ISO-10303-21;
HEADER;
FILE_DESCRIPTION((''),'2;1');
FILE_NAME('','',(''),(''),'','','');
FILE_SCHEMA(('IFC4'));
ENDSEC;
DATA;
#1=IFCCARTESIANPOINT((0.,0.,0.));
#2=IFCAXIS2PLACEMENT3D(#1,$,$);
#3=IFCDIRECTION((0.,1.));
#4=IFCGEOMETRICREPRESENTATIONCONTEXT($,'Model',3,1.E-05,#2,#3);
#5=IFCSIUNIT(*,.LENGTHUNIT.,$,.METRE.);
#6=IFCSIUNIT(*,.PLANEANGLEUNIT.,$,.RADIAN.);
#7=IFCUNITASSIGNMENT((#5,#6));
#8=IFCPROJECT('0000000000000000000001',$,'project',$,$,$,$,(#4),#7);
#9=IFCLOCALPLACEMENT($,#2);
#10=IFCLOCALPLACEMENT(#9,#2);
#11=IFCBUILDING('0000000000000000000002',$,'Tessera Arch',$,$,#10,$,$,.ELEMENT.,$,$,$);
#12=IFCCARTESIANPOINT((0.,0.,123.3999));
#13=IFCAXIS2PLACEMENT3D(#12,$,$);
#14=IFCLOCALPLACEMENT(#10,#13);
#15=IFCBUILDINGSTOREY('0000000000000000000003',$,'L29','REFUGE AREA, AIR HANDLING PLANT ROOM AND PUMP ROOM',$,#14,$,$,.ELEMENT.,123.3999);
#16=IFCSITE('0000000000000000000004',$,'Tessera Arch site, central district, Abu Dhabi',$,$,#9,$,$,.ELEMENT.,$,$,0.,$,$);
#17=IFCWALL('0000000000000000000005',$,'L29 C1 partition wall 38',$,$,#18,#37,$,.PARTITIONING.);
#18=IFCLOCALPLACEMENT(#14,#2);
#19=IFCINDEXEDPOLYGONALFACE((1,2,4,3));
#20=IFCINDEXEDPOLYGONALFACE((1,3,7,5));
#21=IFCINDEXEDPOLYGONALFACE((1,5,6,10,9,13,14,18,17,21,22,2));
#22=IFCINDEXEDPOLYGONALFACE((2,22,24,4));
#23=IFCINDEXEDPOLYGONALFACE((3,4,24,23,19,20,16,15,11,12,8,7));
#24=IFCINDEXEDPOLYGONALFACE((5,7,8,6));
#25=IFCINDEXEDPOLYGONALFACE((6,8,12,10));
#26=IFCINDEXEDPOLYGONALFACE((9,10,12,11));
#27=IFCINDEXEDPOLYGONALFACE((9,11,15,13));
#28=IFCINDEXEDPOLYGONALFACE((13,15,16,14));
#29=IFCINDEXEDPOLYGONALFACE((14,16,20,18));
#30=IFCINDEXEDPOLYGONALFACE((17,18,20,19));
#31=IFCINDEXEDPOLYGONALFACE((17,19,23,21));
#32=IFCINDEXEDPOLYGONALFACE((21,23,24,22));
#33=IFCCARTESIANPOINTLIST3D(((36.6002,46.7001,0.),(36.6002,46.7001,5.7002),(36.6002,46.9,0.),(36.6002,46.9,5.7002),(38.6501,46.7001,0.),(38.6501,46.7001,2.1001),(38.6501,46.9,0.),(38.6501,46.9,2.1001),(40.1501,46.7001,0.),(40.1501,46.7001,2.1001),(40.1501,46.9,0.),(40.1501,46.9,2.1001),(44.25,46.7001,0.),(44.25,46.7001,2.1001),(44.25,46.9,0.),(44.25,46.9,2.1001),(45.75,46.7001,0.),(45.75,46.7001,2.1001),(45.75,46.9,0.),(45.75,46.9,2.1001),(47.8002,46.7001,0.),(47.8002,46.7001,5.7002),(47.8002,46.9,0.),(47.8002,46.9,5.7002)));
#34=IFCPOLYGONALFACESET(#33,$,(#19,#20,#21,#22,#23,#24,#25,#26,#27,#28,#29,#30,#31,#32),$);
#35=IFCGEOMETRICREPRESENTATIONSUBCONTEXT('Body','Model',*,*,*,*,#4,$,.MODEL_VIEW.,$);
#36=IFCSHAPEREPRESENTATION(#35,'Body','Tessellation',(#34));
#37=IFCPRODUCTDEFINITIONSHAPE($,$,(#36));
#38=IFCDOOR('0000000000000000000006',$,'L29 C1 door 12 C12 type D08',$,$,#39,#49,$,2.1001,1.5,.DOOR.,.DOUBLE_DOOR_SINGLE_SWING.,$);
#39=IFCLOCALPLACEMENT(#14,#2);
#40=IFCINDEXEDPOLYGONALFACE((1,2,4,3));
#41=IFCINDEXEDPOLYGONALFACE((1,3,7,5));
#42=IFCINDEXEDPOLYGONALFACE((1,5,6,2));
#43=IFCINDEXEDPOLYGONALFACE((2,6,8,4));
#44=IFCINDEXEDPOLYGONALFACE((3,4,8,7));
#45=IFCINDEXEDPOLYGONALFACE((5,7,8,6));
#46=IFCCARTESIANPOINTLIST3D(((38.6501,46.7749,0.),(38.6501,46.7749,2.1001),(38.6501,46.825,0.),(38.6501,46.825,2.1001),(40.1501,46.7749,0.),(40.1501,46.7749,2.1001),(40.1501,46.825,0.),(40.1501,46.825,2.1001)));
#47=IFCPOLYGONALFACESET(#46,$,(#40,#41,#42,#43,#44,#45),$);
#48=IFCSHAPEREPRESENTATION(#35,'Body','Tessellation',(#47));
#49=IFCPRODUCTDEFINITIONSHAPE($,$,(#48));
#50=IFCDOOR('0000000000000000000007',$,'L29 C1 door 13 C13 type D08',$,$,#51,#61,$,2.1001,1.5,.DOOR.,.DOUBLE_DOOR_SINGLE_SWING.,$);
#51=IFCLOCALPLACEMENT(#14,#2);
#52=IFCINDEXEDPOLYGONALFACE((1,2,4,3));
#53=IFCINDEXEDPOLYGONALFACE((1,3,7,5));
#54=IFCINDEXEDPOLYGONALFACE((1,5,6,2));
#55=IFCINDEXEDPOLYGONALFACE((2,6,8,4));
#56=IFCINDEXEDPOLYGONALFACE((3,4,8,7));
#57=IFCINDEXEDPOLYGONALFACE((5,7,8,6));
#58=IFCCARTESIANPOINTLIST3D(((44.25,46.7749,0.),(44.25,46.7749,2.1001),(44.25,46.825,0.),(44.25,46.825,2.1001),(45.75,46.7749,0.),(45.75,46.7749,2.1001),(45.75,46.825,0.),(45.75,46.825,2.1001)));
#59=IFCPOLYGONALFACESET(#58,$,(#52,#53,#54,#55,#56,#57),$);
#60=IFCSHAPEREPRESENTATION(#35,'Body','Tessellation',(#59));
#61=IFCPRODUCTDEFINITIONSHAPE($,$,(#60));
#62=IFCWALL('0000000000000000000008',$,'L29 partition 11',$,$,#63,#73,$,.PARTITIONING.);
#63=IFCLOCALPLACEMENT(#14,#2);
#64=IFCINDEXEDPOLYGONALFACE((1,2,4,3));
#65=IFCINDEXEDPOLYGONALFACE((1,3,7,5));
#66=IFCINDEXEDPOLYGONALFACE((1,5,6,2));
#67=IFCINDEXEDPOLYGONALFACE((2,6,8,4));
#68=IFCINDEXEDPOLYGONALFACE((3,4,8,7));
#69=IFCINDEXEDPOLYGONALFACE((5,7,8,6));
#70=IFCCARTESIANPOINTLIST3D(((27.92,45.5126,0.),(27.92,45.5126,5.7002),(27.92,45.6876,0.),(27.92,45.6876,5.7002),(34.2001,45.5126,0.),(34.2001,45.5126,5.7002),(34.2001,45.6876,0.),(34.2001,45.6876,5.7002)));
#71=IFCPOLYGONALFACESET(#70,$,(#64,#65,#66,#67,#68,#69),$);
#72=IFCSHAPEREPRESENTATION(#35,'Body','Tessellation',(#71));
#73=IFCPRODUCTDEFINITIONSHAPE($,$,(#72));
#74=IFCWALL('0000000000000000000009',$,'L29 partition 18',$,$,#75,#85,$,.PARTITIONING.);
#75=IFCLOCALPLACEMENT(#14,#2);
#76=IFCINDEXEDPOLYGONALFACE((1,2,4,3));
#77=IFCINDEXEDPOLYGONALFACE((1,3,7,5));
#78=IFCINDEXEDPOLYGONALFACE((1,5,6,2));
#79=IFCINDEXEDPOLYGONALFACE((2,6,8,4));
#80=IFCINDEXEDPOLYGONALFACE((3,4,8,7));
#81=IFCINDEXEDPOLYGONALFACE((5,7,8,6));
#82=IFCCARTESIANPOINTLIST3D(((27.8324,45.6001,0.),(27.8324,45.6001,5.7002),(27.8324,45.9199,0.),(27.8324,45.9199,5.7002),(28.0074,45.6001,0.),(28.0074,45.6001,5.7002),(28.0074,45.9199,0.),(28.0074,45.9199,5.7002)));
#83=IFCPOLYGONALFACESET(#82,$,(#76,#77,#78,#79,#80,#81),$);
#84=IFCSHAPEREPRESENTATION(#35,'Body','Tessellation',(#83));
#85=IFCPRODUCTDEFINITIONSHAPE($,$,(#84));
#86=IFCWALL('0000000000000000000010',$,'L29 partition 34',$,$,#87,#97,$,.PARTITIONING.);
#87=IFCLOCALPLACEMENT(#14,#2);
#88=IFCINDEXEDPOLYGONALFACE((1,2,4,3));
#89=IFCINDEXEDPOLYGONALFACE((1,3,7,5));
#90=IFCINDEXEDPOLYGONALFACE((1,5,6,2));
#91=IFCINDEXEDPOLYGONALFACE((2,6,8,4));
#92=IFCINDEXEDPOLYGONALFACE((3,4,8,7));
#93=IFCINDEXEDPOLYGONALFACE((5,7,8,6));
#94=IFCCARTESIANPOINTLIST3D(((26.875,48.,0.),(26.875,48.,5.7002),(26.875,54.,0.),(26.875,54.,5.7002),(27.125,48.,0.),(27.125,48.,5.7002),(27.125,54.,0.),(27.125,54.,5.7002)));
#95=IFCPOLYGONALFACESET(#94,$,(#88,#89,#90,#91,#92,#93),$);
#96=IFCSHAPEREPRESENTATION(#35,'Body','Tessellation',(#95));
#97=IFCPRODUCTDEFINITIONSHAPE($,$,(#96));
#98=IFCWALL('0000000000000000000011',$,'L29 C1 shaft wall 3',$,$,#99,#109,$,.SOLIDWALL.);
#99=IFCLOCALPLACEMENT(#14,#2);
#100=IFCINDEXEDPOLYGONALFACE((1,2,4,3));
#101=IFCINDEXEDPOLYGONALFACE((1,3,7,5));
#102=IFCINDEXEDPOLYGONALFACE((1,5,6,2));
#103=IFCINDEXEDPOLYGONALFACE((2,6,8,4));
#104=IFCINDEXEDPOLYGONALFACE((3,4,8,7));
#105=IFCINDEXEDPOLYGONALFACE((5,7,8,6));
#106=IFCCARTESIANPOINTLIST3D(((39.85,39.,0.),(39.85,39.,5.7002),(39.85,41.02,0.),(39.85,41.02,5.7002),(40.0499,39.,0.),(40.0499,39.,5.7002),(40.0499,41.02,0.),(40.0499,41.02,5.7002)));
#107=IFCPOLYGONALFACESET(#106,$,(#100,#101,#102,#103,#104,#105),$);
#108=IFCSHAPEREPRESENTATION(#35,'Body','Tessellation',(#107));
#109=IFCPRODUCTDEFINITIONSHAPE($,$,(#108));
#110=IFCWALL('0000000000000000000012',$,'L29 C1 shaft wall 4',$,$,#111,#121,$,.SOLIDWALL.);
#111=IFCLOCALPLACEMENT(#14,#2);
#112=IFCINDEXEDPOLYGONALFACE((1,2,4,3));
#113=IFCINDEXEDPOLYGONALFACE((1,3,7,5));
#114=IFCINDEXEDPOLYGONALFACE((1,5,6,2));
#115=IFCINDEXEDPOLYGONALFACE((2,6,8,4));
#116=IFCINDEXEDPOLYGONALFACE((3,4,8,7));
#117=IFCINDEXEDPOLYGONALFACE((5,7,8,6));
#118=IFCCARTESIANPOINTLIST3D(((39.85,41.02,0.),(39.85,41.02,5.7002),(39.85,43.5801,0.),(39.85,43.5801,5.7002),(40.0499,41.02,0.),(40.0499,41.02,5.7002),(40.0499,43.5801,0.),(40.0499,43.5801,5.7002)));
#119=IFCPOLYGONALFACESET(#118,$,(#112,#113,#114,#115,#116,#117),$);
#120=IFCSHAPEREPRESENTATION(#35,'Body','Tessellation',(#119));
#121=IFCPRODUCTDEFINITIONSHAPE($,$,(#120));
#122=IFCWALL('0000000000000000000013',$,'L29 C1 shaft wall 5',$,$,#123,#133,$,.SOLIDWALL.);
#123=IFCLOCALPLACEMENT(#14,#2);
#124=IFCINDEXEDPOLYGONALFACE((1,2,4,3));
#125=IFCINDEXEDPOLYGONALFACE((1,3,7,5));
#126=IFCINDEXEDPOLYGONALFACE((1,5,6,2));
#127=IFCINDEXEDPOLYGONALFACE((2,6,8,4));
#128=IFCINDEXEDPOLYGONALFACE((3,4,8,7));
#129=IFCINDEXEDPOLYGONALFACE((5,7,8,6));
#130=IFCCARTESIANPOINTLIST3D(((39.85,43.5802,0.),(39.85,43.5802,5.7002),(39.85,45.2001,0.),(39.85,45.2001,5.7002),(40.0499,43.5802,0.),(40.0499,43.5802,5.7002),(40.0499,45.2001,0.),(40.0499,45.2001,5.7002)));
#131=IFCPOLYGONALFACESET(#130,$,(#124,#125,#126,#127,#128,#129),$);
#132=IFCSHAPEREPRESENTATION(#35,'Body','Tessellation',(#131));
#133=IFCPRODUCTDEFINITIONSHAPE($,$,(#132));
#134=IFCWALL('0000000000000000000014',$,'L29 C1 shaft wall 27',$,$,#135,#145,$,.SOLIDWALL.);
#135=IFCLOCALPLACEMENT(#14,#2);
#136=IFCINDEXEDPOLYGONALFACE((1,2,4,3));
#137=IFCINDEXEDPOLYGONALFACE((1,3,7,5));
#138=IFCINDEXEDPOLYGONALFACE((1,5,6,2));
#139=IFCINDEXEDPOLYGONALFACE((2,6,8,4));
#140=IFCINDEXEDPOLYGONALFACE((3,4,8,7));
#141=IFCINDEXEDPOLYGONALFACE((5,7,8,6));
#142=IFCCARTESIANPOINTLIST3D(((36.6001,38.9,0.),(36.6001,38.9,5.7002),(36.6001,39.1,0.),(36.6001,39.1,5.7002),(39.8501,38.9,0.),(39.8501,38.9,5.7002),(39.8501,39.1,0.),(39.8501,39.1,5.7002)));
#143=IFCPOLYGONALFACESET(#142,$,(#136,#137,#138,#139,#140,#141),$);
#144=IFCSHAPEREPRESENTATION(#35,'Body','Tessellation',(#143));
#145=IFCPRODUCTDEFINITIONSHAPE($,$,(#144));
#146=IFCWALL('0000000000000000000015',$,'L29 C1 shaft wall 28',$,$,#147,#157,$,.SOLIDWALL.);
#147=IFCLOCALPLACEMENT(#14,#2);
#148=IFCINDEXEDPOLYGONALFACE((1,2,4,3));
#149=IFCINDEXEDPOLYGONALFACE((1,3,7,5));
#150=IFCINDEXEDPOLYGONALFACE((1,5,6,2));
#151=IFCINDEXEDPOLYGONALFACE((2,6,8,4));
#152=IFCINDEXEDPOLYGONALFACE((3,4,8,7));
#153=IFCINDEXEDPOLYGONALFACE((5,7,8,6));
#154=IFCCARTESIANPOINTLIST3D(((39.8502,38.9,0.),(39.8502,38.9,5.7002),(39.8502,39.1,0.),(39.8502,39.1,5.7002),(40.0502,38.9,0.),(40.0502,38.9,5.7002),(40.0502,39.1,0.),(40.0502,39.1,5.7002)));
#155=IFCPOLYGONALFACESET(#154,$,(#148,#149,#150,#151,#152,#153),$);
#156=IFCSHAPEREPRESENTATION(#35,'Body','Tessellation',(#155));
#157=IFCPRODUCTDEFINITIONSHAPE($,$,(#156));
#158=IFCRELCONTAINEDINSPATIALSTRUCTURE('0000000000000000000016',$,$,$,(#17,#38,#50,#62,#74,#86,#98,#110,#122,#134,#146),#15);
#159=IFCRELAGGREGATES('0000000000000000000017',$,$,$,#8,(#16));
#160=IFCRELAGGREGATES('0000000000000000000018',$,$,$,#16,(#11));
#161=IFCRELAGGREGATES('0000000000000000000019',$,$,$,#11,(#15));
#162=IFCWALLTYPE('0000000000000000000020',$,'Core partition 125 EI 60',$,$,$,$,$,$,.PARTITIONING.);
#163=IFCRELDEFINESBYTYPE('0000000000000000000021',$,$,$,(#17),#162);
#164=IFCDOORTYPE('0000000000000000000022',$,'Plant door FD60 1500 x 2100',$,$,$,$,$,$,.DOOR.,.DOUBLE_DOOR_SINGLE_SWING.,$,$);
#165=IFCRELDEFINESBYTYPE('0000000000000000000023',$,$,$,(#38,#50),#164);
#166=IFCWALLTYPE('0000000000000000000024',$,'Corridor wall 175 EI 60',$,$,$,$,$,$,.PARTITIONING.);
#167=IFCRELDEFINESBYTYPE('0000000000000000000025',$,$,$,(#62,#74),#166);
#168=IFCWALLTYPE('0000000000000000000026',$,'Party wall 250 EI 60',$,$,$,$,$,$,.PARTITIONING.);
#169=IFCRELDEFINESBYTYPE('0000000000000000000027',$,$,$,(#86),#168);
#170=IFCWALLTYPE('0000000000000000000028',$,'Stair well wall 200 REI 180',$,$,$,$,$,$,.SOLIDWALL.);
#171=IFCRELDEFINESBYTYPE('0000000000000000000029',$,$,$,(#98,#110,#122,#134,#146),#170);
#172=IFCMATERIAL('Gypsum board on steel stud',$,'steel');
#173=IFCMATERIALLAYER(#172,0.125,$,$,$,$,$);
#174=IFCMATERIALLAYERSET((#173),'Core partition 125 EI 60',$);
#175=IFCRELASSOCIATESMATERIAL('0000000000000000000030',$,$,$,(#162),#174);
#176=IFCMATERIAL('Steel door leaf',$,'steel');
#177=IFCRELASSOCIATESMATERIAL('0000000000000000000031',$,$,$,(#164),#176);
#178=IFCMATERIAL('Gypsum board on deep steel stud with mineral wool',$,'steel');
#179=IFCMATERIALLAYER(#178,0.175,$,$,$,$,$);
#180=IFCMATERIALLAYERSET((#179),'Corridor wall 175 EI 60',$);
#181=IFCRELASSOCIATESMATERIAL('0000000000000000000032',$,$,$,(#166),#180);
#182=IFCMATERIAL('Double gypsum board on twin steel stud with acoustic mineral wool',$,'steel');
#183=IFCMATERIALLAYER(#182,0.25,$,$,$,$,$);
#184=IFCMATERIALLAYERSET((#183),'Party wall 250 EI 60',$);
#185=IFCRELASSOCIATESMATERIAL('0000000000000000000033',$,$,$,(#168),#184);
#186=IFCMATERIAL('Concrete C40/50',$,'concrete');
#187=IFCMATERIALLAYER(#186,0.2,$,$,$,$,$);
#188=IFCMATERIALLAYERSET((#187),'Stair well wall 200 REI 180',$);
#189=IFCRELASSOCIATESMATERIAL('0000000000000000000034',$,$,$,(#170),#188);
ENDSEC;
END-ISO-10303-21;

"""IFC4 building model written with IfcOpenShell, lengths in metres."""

from ifc_helpers import new_model, si_unit, direction, frame, frame_2d, origin, place, context, subcontext, project, spatial, rectangle, extrude, material, layer, layer_set, type_object, element, fill, save


model = new_model("IFC4")

# Units and contexts
model_context = context("Model", 3, precision=1e-05, world=origin(), true_north=direction((0.0, 1.0)))
body_context = subcontext(model_context, "Body", "Model", "MODEL_VIEW")
ifc_project = project(units=[si_unit("LENGTHUNIT", "METRE"), si_unit("PLANEANGLEUNIT", "RADIAN")], contexts=[model_context])

# Site, building, storey
site_placement = place(None, origin())
site = spatial("IfcSite", under=ifc_project, at=site_placement, Name="Tessera Arch site, central district, Abu Dhabi", CompositionType="ELEMENT", RefElevation=0.0)
building_placement = place(site_placement, origin())
building = spatial("IfcBuilding", under=site, at=building_placement, Name="Tessera Arch", CompositionType="ELEMENT")
storey_placement = place(building_placement, frame((0.0, 0.0, 123.3999)))
storey = spatial("IfcBuildingStorey", under=building, at=storey_placement, Name="L29", Description="REFUGE AREA, AIR HANDLING PLANT ROOM AND PUMP ROOM", CompositionType="ELEMENT", Elevation=123.3999)

# Wall, openings, doors
ifc_material_1 = material(Name="Gypsum board on steel stud", Category="steel")
ifc_layer_1 = layer(ifc_material_1, 0.125)
ifc_layer_set_1 = layer_set([ifc_layer_1], Name="Core partition 125 EI 60")
wall_type_1 = type_object("IfcWallType", Name="Core partition 125 EI 60", PredefinedType="PARTITIONING", material=ifc_layer_set_1)
wall_1_placement = place(storey_placement, frame((36.6001, 46.8, 0.0), z_axis=(0.0, 0.0, 1.0), x_axis=(1.0, 0.0, 0.0)))
wall_1 = element("IfcWall", 1, at=wall_1_placement, inside=storey, type_object=wall_type_1, Name="L29 C1 partition wall 38", PredefinedType="PARTITIONING", context=body_context, shape_type="SweptSolid", body=[
    extrude(rectangle(XDim=11.2, YDim=0.2, at=frame_2d((5.6001, 0.0))), origin(), (0.0, 0.0, 1.0), 5.7002),
])
opening_1_placement = place(wall_1_placement, frame((2.05, 0.0, 0.0)))
opening_1 = element("IfcOpeningElement", 2, at=opening_1_placement, cuts=wall_1, PredefinedType="OPENING", context=body_context, shape_type="SweptSolid", body=[
    extrude(rectangle(XDim=1.5, YDim=2.1001, at=frame_2d((0.75, 1.05))), frame((0.0, 0.1099, 0.0), z_axis=(0.0, -1.0, 0.0), x_axis=(1.0, 0.0, 0.0)), (0.0, 0.0, 1.0), 0.22),
])
opening_2_placement = place(wall_1_placement, frame((7.6499, 0.0, 0.0)))
opening_2 = element("IfcOpeningElement", 3, at=opening_2_placement, cuts=wall_1, PredefinedType="OPENING", context=body_context, shape_type="SweptSolid", body=[
    extrude(rectangle(XDim=1.5, YDim=2.1001, at=frame_2d((0.75, 1.05))), frame((0.0, 0.1099, 0.0), z_axis=(0.0, -1.0, 0.0), x_axis=(1.0, 0.0, 0.0)), (0.0, 0.0, 1.0), 0.22),
])
ifc_material_2 = material(Name="Steel door leaf", Category="steel")
door_type_1 = type_object("IfcDoorType", Name="Plant door FD60 1500 x 2100", OperationType="DOUBLE_DOOR_SINGLE_SWING", PredefinedType="DOOR", material=ifc_material_2)
door_1_placement = place(opening_1_placement, origin())
door_1 = element("IfcDoor", 4, at=door_1_placement, inside=storey, type_object=door_type_1, Name="L29 C1 door 12 C12 type D08", OperationType="DOUBLE_DOOR_SINGLE_SWING", OverallHeight=2.1001, OverallWidth=1.5, PredefinedType="DOOR", context=body_context, shape_type="SweptSolid", body=[
    extrude(rectangle(XDim=1.5, YDim=2.1001, at=frame_2d((0.75, 1.05))), frame((0.0, 0.0249, 0.0), z_axis=(0.0, -1.0, 0.0), x_axis=(1.0, 0.0, 0.0)), (0.0, 0.0, 1.0), 0.05),
])
fill(opening_1, door_1)
door_2_placement = place(opening_2_placement, origin())
door_2 = element("IfcDoor", 5, at=door_2_placement, inside=storey, type_object=door_type_1, Name="L29 C1 door 13 C13 type D08", OperationType="DOUBLE_DOOR_SINGLE_SWING", OverallHeight=2.1001, OverallWidth=1.5, PredefinedType="DOOR", context=body_context, shape_type="SweptSolid", body=[
    extrude(rectangle(XDim=1.5, YDim=2.1001, at=frame_2d((0.75, 1.05))), frame((0.0, 0.0249, 0.0), z_axis=(0.0, -1.0, 0.0), x_axis=(1.0, 0.0, 0.0)), (0.0, 0.0, 1.0), 0.05),
])
fill(opening_2, door_2)

# Walls
ifc_material_3 = material(Name="Gypsum board on deep steel stud with mineral wool", Category="steel")
ifc_layer_2 = layer(ifc_material_3, 0.175)
ifc_layer_set_2 = layer_set([ifc_layer_2], Name="Corridor wall 175 EI 60")
wall_type_2 = type_object("IfcWallType", Name="Corridor wall 175 EI 60", PredefinedType="PARTITIONING", material=ifc_layer_set_2)
wall_2_placement = place(storey_placement, frame((27.9199, 45.6001, 0.0), z_axis=(0.0, 0.0, 1.0), x_axis=(1.0, 0.0, 0.0)))
element("IfcWall", 6, at=wall_2_placement, inside=storey, type_object=wall_type_2, Name="L29 partition 11", PredefinedType="PARTITIONING", context=body_context, shape_type="SweptSolid", body=[
    extrude(rectangle(XDim=6.28, YDim=0.175, at=frame_2d((3.1401, 0.0))), origin(), (0.0, 0.0, 1.0), 5.7002),
])
wall_3_placement = place(storey_placement, frame((27.9199, 45.6001, 0.0), z_axis=(0.0, 0.0, 1.0), x_axis=(0.0, 1.0, 0.0)))
element("IfcWall", 7, at=wall_3_placement, inside=storey, type_object=wall_type_2, Name="L29 partition 18", PredefinedType="PARTITIONING", context=body_context, shape_type="SweptSolid", body=[
    extrude(rectangle(XDim=0.3198, YDim=0.175, at=frame_2d((0.1599, 0.0))), origin(), (0.0, 0.0, 1.0), 5.7002),
])
ifc_material_4 = material(Name="Double gypsum board on twin steel stud with acoustic mineral wool", Category="steel")
ifc_layer_3 = layer(ifc_material_4, 0.25)
ifc_layer_set_3 = layer_set([ifc_layer_3], Name="Party wall 250 EI 60")
wall_type_3 = type_object("IfcWallType", Name="Party wall 250 EI 60", PredefinedType="PARTITIONING", material=ifc_layer_set_3)
wall_4_placement = place(storey_placement, frame((27.0, 48.0, 0.0), z_axis=(0.0, 0.0, 1.0), x_axis=(0.0, 1.0, 0.0)))
element("IfcWall", 8, at=wall_4_placement, inside=storey, type_object=wall_type_3, Name="L29 partition 34", PredefinedType="PARTITIONING", context=body_context, shape_type="SweptSolid", body=[
    extrude(rectangle(XDim=6.0, YDim=0.25, at=frame_2d((3.0, 0.0))), origin(), (0.0, 0.0, 1.0), 5.7002),
])
ifc_material_5 = material(Name="Concrete C40/50", Category="concrete")
ifc_layer_4 = layer(ifc_material_5, 0.2)
ifc_layer_set_4 = layer_set([ifc_layer_4], Name="Stair well wall 200 REI 180")
wall_type_4 = type_object("IfcWallType", Name="Stair well wall 200 REI 180", PredefinedType="SOLIDWALL", material=ifc_layer_set_4)
wall_5_placement = place(storey_placement, frame((39.95, 39.0, 0.0), z_axis=(0.0, 0.0, 1.0), x_axis=(0.0, 1.0, 0.0)))
element("IfcWall", 9, at=wall_5_placement, inside=storey, type_object=wall_type_4, Name="L29 C1 shaft wall 3", PredefinedType="SOLIDWALL", context=body_context, shape_type="SweptSolid", body=[
    extrude(rectangle(XDim=2.02, YDim=0.2, at=frame_2d((1.01, 0.0))), origin(), (0.0, 0.0, 1.0), 5.7002),
])
wall_6_placement = place(storey_placement, frame((39.95, 41.02, 0.0), z_axis=(0.0, 0.0, 1.0), x_axis=(0.0, 1.0, 0.0)))
element("IfcWall", 10, at=wall_6_placement, inside=storey, type_object=wall_type_4, Name="L29 C1 shaft wall 4", PredefinedType="SOLIDWALL", context=body_context, shape_type="SweptSolid", body=[
    extrude(rectangle(XDim=2.5601, YDim=0.2, at=frame_2d((1.28, 0.0))), origin(), (0.0, 0.0, 1.0), 5.7002),
])
wall_7_placement = place(storey_placement, frame((39.95, 43.5801, 0.0), z_axis=(0.0, 0.0, 1.0), x_axis=(0.0, 1.0, 0.0)))
element("IfcWall", 11, at=wall_7_placement, inside=storey, type_object=wall_type_4, Name="L29 C1 shaft wall 5", PredefinedType="SOLIDWALL", context=body_context, shape_type="SweptSolid", body=[
    extrude(rectangle(XDim=1.6199, YDim=0.2, at=frame_2d((0.8101, 0.0))), origin(), (0.0, 0.0, 1.0), 5.7002),
])
wall_8_placement = place(storey_placement, frame((36.6001, 39.0, 0.0), z_axis=(0.0, 0.0, 1.0), x_axis=(1.0, 0.0, 0.0)))
element("IfcWall", 12, at=wall_8_placement, inside=storey, type_object=wall_type_4, Name="L29 C1 shaft wall 27", PredefinedType="SOLIDWALL", context=body_context, shape_type="SweptSolid", body=[
    extrude(rectangle(XDim=3.25, YDim=0.2, at=frame_2d((1.625, 0.0))), origin(), (0.0, 0.0, 1.0), 5.7002),
])
wall_9_placement = place(storey_placement, frame((39.8501, 39.0, 0.0), z_axis=(0.0, 0.0, 1.0), x_axis=(1.0, 0.0, 0.0)))
element("IfcWall", 13, at=wall_9_placement, inside=storey, type_object=wall_type_4, Name="L29 C1 shaft wall 28", PredefinedType="SOLIDWALL", context=body_context, shape_type="SweptSolid", body=[
    extrude(rectangle(XDim=0.2, YDim=0.2, at=frame_2d((0.1001, 0.0))), origin(), (0.0, 0.0, 1.0), 5.7002),
])

save(model, "model.ifc")
